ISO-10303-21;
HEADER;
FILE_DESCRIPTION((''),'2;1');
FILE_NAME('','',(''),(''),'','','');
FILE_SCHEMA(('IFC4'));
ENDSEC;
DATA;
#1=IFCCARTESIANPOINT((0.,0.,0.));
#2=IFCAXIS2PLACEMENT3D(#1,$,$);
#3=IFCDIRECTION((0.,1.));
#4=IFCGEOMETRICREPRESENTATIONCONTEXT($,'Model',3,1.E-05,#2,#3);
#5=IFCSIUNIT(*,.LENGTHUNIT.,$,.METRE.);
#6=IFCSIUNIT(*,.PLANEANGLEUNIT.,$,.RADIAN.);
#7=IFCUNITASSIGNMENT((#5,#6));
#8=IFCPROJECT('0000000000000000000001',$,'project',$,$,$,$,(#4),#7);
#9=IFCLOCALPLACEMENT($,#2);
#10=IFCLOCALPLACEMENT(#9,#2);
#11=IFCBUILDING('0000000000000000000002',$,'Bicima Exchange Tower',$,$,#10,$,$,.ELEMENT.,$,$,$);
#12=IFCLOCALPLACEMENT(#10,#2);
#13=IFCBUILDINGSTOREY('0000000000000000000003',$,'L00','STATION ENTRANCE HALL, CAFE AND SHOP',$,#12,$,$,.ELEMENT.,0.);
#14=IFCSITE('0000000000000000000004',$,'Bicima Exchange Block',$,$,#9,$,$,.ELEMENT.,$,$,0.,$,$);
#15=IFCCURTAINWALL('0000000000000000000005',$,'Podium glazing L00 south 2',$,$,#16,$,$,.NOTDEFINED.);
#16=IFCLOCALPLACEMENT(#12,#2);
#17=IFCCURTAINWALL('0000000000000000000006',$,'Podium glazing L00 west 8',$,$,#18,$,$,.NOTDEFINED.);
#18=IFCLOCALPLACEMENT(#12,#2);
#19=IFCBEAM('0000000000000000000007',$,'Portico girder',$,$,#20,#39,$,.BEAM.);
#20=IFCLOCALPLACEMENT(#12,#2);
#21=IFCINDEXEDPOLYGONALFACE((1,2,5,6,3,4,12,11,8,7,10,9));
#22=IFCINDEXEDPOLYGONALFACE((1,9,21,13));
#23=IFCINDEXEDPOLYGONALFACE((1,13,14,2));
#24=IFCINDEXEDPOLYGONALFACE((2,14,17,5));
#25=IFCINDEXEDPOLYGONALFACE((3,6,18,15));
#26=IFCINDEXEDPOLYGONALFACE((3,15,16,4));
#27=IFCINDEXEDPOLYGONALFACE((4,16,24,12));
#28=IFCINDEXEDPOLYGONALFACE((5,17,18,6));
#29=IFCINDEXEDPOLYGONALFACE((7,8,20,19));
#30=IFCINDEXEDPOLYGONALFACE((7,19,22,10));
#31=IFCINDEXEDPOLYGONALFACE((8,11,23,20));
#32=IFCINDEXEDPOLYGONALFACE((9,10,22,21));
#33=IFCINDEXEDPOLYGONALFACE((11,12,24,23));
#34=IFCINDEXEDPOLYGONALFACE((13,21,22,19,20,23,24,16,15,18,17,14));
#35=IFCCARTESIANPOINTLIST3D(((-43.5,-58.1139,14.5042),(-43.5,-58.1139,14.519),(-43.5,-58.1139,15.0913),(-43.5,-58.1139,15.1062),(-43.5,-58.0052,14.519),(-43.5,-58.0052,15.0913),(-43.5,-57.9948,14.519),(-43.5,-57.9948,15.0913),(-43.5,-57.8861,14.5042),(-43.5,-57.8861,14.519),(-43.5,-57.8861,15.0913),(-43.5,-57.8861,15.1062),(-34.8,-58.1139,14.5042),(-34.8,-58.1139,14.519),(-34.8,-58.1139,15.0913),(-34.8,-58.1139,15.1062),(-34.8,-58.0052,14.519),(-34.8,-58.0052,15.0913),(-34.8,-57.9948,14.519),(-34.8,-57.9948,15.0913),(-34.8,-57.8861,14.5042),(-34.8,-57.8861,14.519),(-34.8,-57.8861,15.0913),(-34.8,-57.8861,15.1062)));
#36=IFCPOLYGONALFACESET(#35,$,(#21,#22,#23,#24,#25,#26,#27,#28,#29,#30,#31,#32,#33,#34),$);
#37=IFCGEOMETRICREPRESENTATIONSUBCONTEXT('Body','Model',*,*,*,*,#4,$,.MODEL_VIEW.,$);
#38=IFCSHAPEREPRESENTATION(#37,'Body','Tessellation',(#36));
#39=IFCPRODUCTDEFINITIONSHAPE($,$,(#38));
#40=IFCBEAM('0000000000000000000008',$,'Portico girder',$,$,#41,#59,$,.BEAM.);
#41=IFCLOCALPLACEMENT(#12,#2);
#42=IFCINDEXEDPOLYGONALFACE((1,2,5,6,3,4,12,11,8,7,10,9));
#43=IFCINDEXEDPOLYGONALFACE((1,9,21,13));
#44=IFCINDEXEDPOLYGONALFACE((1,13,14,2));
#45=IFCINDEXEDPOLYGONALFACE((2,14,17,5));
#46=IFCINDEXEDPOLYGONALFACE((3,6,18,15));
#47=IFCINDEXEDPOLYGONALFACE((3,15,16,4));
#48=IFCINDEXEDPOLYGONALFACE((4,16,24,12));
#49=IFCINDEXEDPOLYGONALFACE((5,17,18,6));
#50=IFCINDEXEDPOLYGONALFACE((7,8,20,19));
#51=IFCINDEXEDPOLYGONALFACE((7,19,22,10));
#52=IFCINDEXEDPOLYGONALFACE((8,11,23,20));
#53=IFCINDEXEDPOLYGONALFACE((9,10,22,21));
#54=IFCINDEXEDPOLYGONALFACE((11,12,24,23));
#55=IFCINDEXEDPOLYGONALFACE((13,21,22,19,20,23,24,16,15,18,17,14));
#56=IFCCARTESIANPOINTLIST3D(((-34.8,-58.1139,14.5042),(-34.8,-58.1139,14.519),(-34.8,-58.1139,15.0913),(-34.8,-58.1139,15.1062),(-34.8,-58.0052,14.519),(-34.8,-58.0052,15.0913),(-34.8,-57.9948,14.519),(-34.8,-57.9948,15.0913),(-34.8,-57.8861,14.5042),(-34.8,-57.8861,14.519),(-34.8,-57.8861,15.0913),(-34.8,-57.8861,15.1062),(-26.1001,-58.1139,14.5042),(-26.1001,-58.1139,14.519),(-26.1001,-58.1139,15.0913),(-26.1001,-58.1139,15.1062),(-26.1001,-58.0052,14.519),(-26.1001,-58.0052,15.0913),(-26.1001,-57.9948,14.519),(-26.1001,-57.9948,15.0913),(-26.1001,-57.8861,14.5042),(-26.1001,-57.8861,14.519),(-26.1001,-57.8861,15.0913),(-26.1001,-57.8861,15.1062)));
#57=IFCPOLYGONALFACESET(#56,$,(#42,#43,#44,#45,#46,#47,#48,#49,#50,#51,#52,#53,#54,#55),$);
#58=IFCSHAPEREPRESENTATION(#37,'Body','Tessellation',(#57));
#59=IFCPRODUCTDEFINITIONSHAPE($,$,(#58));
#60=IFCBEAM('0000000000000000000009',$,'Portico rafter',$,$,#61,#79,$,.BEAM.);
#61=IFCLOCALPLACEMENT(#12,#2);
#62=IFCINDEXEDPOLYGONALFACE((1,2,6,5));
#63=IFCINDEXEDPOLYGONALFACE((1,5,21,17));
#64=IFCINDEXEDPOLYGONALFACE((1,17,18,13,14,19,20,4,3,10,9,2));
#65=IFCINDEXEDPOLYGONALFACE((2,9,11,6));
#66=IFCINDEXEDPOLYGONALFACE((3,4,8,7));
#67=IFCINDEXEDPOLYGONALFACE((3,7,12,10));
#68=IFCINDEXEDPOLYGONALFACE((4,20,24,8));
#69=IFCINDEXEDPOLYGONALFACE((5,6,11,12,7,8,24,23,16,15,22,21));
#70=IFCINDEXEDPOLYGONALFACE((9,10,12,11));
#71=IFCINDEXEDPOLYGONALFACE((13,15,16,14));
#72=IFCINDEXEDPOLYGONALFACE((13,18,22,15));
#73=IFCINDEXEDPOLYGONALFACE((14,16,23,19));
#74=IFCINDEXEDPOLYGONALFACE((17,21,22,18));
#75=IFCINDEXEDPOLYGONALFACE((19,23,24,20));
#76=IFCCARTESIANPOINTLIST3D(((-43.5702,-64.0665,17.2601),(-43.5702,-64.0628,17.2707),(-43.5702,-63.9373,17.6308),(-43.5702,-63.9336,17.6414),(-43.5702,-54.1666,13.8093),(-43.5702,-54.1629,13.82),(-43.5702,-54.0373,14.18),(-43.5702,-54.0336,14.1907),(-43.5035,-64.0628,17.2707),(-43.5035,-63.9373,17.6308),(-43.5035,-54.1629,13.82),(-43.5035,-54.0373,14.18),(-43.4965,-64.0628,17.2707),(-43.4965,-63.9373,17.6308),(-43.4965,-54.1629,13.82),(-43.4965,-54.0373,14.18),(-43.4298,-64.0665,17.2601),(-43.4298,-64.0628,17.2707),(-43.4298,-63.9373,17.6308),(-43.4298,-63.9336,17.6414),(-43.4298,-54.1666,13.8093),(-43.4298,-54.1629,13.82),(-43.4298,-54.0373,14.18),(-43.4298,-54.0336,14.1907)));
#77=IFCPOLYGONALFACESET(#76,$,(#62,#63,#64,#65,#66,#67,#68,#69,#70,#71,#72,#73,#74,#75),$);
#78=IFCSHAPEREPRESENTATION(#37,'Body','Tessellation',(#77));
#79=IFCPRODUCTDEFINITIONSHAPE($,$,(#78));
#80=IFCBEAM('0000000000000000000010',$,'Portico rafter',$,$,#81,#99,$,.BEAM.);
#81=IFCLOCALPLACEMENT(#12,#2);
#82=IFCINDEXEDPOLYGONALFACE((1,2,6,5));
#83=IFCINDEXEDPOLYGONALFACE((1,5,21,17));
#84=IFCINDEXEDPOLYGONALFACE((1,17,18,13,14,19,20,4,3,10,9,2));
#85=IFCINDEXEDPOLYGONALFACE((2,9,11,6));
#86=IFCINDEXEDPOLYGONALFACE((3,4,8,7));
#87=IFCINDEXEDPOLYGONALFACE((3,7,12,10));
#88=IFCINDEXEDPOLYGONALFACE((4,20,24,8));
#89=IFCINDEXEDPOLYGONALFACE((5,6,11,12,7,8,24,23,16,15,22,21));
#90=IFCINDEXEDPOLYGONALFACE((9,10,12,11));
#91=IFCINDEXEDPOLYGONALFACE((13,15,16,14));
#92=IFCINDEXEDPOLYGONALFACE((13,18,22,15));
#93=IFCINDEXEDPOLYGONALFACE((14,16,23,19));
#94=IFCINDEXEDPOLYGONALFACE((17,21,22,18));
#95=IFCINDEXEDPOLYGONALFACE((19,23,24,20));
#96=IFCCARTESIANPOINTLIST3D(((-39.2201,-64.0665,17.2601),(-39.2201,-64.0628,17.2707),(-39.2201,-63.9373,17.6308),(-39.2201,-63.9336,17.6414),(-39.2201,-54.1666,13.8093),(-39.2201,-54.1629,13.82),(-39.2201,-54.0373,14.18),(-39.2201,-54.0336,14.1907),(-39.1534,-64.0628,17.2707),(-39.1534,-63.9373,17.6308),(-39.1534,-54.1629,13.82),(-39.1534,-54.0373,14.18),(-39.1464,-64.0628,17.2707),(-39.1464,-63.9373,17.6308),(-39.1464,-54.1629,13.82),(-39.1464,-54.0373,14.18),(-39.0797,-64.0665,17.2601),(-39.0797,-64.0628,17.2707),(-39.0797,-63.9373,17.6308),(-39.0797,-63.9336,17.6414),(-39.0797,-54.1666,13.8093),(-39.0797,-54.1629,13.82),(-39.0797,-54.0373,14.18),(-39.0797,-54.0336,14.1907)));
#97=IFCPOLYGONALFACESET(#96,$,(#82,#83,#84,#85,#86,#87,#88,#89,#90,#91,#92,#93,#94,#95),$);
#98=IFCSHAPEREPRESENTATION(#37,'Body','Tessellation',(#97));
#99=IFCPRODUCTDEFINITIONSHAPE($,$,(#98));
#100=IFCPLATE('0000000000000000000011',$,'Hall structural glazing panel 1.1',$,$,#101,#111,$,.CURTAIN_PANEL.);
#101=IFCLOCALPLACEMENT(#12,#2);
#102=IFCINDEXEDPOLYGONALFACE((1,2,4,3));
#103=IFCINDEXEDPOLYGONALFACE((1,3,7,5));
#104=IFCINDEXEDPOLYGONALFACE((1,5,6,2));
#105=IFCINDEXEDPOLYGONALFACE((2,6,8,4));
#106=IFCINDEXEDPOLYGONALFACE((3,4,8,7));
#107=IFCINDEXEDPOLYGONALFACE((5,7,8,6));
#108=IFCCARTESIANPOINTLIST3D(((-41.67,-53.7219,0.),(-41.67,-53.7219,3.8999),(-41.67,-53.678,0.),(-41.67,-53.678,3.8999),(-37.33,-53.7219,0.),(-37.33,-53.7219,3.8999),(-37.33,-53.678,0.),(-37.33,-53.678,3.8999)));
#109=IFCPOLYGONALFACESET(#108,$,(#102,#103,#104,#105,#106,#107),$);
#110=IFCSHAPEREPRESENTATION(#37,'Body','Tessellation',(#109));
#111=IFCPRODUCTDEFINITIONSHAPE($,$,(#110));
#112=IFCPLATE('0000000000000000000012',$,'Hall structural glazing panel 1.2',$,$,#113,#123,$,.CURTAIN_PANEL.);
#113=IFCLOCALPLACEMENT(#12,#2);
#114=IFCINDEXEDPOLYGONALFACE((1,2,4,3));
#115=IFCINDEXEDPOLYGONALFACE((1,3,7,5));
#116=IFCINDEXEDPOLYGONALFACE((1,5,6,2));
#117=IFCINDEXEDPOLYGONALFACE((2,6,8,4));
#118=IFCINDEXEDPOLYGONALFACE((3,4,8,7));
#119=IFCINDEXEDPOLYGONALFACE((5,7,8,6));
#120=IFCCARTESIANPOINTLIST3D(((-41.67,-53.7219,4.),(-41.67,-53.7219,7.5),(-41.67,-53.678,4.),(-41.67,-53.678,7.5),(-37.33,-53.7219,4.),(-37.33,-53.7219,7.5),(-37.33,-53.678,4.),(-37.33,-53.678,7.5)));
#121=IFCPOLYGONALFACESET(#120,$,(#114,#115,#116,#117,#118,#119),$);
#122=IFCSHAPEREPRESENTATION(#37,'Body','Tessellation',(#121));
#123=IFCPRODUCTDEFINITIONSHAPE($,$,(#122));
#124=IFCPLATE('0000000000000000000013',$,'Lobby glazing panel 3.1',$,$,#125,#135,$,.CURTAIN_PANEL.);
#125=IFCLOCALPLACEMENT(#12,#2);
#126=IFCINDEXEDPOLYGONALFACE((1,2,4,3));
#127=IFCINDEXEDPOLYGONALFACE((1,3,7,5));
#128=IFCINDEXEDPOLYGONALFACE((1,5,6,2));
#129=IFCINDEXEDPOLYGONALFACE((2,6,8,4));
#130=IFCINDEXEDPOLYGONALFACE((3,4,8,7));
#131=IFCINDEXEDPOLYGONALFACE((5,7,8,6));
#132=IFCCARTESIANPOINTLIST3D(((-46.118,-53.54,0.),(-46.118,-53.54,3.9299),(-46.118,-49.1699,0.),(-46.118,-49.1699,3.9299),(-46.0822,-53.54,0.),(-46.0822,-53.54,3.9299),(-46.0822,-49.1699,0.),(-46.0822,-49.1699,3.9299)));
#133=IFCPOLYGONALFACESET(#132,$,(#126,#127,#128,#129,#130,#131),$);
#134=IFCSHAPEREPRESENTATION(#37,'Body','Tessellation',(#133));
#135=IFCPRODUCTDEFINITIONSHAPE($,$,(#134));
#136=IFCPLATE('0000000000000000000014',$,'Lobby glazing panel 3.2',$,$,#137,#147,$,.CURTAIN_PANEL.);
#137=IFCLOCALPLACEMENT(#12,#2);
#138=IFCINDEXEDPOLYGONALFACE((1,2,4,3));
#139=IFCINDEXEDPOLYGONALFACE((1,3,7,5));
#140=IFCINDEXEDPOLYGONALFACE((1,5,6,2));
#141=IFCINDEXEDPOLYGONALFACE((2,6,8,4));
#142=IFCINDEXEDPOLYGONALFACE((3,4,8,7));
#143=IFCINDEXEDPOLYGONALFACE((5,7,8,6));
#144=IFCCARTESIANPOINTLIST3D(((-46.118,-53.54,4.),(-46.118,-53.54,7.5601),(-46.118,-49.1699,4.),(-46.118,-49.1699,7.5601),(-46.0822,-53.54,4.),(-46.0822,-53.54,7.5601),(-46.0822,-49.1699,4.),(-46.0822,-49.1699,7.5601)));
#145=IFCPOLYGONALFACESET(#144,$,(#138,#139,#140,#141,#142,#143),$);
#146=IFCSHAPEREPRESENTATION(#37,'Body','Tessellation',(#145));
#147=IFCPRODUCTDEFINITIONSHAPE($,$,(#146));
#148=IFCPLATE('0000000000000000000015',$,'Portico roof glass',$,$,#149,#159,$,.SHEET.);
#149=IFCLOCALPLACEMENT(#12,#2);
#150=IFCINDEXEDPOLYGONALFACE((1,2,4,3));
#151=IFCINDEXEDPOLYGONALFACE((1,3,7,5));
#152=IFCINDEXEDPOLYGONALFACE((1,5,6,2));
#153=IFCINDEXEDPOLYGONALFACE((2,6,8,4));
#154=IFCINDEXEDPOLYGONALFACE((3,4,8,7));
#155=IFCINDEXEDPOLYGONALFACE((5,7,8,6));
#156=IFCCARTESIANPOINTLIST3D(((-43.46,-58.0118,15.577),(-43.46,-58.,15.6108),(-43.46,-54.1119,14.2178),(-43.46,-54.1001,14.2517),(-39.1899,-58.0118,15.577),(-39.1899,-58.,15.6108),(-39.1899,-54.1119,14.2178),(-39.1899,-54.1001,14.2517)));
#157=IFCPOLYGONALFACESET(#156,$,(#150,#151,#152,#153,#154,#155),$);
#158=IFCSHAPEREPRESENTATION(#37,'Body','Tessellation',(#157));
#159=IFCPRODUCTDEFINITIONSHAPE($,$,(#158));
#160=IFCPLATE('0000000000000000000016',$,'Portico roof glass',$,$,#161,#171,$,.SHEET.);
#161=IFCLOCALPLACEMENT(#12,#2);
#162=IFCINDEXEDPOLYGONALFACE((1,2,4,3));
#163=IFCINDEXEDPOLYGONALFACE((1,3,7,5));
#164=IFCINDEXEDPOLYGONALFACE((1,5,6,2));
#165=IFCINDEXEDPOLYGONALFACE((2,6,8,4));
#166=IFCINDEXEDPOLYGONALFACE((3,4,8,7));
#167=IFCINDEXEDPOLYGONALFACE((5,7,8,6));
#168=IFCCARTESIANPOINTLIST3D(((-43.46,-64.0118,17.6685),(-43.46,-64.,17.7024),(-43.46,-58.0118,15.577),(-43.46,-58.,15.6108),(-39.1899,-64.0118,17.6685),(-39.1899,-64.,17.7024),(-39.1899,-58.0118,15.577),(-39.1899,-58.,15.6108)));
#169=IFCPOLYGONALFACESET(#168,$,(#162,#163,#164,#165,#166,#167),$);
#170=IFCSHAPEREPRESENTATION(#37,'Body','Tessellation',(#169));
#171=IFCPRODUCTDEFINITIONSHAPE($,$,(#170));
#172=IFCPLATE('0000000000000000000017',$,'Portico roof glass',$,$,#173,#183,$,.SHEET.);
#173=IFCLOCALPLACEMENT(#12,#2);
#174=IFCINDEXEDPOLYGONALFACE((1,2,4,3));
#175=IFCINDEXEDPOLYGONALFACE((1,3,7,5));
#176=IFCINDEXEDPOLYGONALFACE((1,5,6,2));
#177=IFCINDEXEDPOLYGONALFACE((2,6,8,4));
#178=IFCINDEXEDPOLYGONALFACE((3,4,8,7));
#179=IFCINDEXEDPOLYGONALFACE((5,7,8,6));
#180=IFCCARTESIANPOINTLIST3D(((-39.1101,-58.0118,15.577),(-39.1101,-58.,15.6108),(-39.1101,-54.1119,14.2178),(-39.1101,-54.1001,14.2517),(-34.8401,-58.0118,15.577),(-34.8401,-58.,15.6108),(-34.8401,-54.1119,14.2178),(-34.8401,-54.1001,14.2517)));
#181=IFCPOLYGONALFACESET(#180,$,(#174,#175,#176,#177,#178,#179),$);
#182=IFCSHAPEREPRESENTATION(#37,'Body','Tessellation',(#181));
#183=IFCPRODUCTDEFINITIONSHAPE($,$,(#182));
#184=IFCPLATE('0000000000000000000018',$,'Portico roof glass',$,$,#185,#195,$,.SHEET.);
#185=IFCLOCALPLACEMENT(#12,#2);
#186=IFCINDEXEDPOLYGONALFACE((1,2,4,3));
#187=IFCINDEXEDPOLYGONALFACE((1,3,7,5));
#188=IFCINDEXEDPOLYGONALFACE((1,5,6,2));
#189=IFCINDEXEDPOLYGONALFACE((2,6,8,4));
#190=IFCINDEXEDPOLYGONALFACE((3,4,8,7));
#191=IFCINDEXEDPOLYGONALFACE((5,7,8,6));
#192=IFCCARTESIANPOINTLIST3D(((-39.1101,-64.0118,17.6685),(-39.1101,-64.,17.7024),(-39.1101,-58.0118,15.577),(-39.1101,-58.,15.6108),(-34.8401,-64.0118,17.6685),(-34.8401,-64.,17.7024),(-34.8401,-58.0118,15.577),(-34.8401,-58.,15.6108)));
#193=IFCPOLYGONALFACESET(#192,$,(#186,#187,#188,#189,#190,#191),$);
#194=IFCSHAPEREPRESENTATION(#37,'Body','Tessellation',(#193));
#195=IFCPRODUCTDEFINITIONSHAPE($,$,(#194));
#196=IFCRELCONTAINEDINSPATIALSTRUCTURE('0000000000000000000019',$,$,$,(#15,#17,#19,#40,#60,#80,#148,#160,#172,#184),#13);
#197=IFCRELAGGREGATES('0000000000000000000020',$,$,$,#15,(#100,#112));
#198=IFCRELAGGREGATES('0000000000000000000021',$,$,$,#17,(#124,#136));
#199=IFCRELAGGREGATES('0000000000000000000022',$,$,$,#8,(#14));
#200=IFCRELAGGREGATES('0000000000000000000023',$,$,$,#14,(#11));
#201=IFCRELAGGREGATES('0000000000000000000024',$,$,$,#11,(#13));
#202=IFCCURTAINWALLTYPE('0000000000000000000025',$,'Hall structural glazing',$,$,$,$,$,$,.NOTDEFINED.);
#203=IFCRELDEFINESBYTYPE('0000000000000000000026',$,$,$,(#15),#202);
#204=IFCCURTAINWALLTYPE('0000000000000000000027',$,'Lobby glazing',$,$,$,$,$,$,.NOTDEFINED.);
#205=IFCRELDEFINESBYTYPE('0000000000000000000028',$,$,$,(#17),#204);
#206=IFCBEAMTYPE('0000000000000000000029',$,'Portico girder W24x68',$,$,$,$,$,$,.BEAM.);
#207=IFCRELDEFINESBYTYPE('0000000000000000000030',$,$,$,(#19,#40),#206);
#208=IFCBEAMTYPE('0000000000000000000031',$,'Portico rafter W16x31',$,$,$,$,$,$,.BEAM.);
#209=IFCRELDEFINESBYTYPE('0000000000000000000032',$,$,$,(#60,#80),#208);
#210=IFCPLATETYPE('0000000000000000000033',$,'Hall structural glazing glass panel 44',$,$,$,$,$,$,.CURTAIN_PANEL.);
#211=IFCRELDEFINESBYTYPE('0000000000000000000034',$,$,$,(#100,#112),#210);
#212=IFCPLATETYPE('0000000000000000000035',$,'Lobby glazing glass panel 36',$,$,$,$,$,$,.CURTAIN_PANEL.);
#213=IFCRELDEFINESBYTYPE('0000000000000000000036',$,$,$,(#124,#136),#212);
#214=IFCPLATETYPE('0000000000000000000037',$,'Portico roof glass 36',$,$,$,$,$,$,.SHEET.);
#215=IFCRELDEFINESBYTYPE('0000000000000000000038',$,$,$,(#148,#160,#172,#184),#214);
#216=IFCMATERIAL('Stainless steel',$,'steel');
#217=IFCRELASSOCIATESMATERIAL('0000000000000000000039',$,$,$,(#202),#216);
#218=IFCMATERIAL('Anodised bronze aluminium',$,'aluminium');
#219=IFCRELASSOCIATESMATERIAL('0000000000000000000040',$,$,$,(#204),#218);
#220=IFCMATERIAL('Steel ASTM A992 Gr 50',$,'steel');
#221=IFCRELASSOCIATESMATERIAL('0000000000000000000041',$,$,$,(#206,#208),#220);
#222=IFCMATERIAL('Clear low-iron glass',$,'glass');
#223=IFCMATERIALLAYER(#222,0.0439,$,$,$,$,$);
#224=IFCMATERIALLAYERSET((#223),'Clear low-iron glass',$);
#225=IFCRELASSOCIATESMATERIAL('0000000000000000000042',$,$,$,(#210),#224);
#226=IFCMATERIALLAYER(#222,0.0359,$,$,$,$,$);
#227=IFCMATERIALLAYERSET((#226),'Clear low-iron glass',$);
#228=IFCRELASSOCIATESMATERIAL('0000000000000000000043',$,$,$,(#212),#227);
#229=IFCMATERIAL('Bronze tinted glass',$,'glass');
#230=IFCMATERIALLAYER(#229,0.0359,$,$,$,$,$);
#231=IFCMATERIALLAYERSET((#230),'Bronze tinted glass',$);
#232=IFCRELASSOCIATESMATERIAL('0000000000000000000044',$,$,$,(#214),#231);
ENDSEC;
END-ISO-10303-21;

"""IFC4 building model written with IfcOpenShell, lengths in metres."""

from ifc_helpers import new_model, si_unit, direction, frame, origin, origin_2d, place, context, subcontext, project, spatial, polyline, rectangle, i_section, outline, extrude, material, layer, layer_set, material_profile, profile_set, type_object, element, aggregate, save


model = new_model("IFC4")

# Units and contexts
model_context = context("Model", 3, precision=1e-05, world=origin(), true_north=direction((0.0, 1.0)))
body_context = subcontext(model_context, "Body", "Model", "MODEL_VIEW")
ifc_project = project(units=[si_unit("LENGTHUNIT", "METRE"), si_unit("PLANEANGLEUNIT", "RADIAN")], contexts=[model_context])

# Site, building, storey
site_placement = place(None, origin())
site = spatial("IfcSite", under=ifc_project, at=site_placement, Name="Bicima Exchange Block", CompositionType="ELEMENT", RefElevation=0.0)
building_placement = place(site_placement, origin())
building = spatial("IfcBuilding", under=site, at=building_placement, Name="Bicima Exchange Tower", CompositionType="ELEMENT")
storey_placement = place(building_placement, origin())
storey = spatial("IfcBuildingStorey", under=building, at=storey_placement, Name="L00", Description="STATION ENTRANCE HALL, CAFE AND SHOP", CompositionType="ELEMENT", Elevation=0.0)

# Curtain walls
ifc_material_1 = material(Name="Stainless steel", Category="steel")
curtain_wall_type_1 = type_object("IfcCurtainWallType", Name="Hall structural glazing", PredefinedType="NOTDEFINED", material=ifc_material_1)
curtain_wall_1_placement = place(storey_placement, origin())
curtain_wall_1 = element("IfcCurtainWall", 1, at=curtain_wall_1_placement, inside=storey, type_object=curtain_wall_type_1, Name="Podium glazing L00 south 2", PredefinedType="NOTDEFINED")
ifc_material_2 = material(Name="Anodised bronze aluminium", Category="aluminium")
curtain_wall_type_2 = type_object("IfcCurtainWallType", Name="Lobby glazing", PredefinedType="NOTDEFINED", material=ifc_material_2)
curtain_wall_2_placement = place(storey_placement, origin())
curtain_wall_2 = element("IfcCurtainWall", 2, at=curtain_wall_2_placement, inside=storey, type_object=curtain_wall_type_2, Name="Podium glazing L00 west 8", PredefinedType="NOTDEFINED")

# Beams
ifc_material_3 = material(Name="Steel ASTM A992 Gr 50", Category="steel")
ifc_material_profile_1 = material_profile(ifc_material_3, i_section(OverallWidth=0.2278, OverallDepth=0.6021, WebThickness=0.0105, FlangeThickness=0.0149, at=origin_2d()))
ifc_profile_set_1 = profile_set([ifc_material_profile_1], Name="Steel ASTM A992 Gr 50")
beam_type_1 = type_object("IfcBeamType", Name="Portico girder W24x68", PredefinedType="BEAM", material=ifc_profile_set_1)
for number, where, z_axis, x_axis, name in (
    (3, (-43.5, -58.0, 14.8052), (1.0, 0.0, 0.0), (0.0, 1.0, 0.0), "Portico girder"),
    (4, (-34.8, -58.0, 14.8052), (1.0, 0.0, 0.0), (0.0, 1.0, 0.0), "Portico girder"),
):
    element("IfcBeam", number, at=place(storey_placement, frame(where, z_axis=z_axis, x_axis=x_axis)), inside=storey, type_object=beam_type_1, Name=name, PredefinedType="BEAM", context=body_context, shape_type="SweptSolid", body=[
        extrude(i_section(OverallWidth=0.2278, OverallDepth=0.6021, WebThickness=0.0105, FlangeThickness=0.0149, at=origin_2d()), origin(), (0.0, 0.0, 1.0), 8.7),
    ])
ifc_material_profile_2 = material_profile(ifc_material_3, i_section(OverallWidth=0.1404, OverallDepth=0.4038, WebThickness=0.0071, FlangeThickness=0.0112, at=origin_2d()))
ifc_profile_set_2 = profile_set([ifc_material_profile_2], Name="Steel ASTM A992 Gr 50")
beam_type_2 = type_object("IfcBeamType", Name="Portico rafter W16x31", PredefinedType="BEAM", material=ifc_profile_set_2)
for number, where, z_axis, x_axis, name in (
    (5, (-43.5, -54.1001, 14.0), (0.0, -0.944282, 0.329137), (1.0, 0.0, 0.0), "Portico rafter"),
    (6, (-39.1499, -54.1001, 14.0), (0.0, -0.944282, 0.329137), (1.0, 0.0, 0.0), "Portico rafter"),
):
    element("IfcBeam", number, at=place(storey_placement, frame(where, z_axis=z_axis, x_axis=x_axis)), inside=storey, type_object=beam_type_2, Name=name, PredefinedType="BEAM", context=body_context, shape_type="SweptSolid", body=[
        extrude(i_section(OverallWidth=0.1404, OverallDepth=0.4038, WebThickness=0.0071, FlangeThickness=0.0112, at=origin_2d()), origin(), (0.0, 0.0, 1.0), 10.4841),
    ])

# Plates
ifc_material_4 = material(Name="Clear low-iron glass", Category="glass")
ifc_layer_1 = layer(ifc_material_4, 0.0439)
ifc_layer_set_1 = layer_set([ifc_layer_1], Name="Clear low-iron glass")
plate_type_1 = type_object("IfcPlateType", Name="Hall structural glazing glass panel 44", PredefinedType="CURTAIN_PANEL", material=ifc_layer_set_1)
plate_1_placement = place(storey_placement, frame((-39.5, -53.7, 0.0), z_axis=(0.0, 0.0, 1.0), x_axis=(1.0, 0.0, 0.0)))
plate_1 = element("IfcPlate", 7, at=plate_1_placement, type_object=plate_type_1, Name="Hall structural glazing panel 1.1", PredefinedType="CURTAIN_PANEL", context=body_context, shape_type="SweptSolid", body=[
    extrude(rectangle(XDim=4.3401, YDim=0.0439, at=origin_2d()), origin(), (0.0, 0.0, 1.0), 3.8999),
])
plate_2_placement = place(storey_placement, frame((-39.5, -53.7, 4.0), z_axis=(0.0, 0.0, 1.0), x_axis=(1.0, 0.0, 0.0)))
plate_2 = element("IfcPlate", 8, at=plate_2_placement, type_object=plate_type_1, Name="Hall structural glazing panel 1.2", PredefinedType="CURTAIN_PANEL", context=body_context, shape_type="SweptSolid", body=[
    extrude(rectangle(XDim=4.3401, YDim=0.0439, at=origin_2d()), origin(), (0.0, 0.0, 1.0), 3.5),
])
aggregate(curtain_wall_1, [plate_1, plate_2])
ifc_layer_2 = layer(ifc_material_4, 0.0359)
ifc_layer_set_2 = layer_set([ifc_layer_2], Name="Clear low-iron glass")
plate_type_2 = type_object("IfcPlateType", Name="Lobby glazing glass panel 36", PredefinedType="CURTAIN_PANEL", material=ifc_layer_set_2)
plate_3_placement = place(storey_placement, frame((-46.1001, -51.355, 0.0), z_axis=(0.0, 0.0, 1.0), x_axis=(0.0, -1.0, 0.0)))
plate_3 = element("IfcPlate", 9, at=plate_3_placement, type_object=plate_type_2, Name="Lobby glazing panel 3.1", PredefinedType="CURTAIN_PANEL", context=body_context, shape_type="SweptSolid", body=[
    extrude(rectangle(XDim=4.3701, YDim=0.0359, at=origin_2d()), origin(), (0.0, 0.0, 1.0), 3.9299),
])
plate_4_placement = place(storey_placement, frame((-46.1001, -51.355, 4.0), z_axis=(0.0, 0.0, 1.0), x_axis=(0.0, -1.0, 0.0)))
plate_4 = element("IfcPlate", 10, at=plate_4_placement, type_object=plate_type_2, Name="Lobby glazing panel 3.2", PredefinedType="CURTAIN_PANEL", context=body_context, shape_type="SweptSolid", body=[
    extrude(rectangle(XDim=4.3701, YDim=0.0359, at=origin_2d()), origin(), (0.0, 0.0, 1.0), 3.5601),
])
aggregate(curtain_wall_2, [plate_3, plate_4])

# Plates
ifc_material_5 = material(Name="Bronze tinted glass", Category="glass")
ifc_layer_3 = layer(ifc_material_5, 0.0359)
ifc_layer_set_3 = layer_set([ifc_layer_3], Name="Bronze tinted glass")
plate_type_3 = type_object("IfcPlateType", Name="Portico roof glass 36", PredefinedType="SHEET", material=ifc_layer_set_3)
plate_5_placement = place(storey_placement, frame((-43.46, -54.1001, 14.2517), z_axis=(0.0, 0.329091, 0.944298), x_axis=(1.0, 0.0, 0.0)))
element("IfcPlate", 11, at=plate_5_placement, inside=storey, type_object=plate_type_3, Name="Portico roof glass", PredefinedType="SHEET", context=body_context, shape_type="SweptSolid", body=[
    extrude(outline(polyline([(0.0, 0.0), (4.27, 0.0), (4.27, -4.1299), (0.0, -4.1299), (0.0, 0.0)])), origin(), (0.0, 0.0, -1.0), 0.0359),
])
plate_6_placement = place(storey_placement, frame((-43.46, -58.0, 15.6108), z_axis=(0.0, 0.329166, 0.944272), x_axis=(1.0, 0.0, 0.0)))
element("IfcPlate", 12, at=plate_6_placement, inside=storey, type_object=plate_type_3, Name="Portico roof glass", PredefinedType="SHEET", context=body_context, shape_type="SweptSolid", body=[
    extrude(outline(polyline([(0.0, 0.0), (4.27, 0.0), (4.27, -6.3541), (0.0, -6.3541), (0.0, 0.0)])), origin(), (0.0, 0.0, -1.0), 0.0359),
])
plate_7_placement = place(storey_placement, frame((-39.1101, -54.1001, 14.2517), z_axis=(0.0, 0.329091, 0.944298), x_axis=(1.0, 0.0, 0.0)))
element("IfcPlate", 13, at=plate_7_placement, inside=storey, type_object=plate_type_3, Name="Portico roof glass", PredefinedType="SHEET", context=body_context, shape_type="SweptSolid", body=[
    extrude(outline(polyline([(0.0, 0.0), (4.27, 0.0), (4.27, -4.1299), (0.0, -4.1299), (0.0, 0.0)])), origin(), (0.0, 0.0, -1.0), 0.0359),
])
plate_8_placement = place(storey_placement, frame((-39.1101, -58.0, 15.6108), z_axis=(0.0, 0.329166, 0.944272), x_axis=(1.0, 0.0, 0.0)))
element("IfcPlate", 14, at=plate_8_placement, inside=storey, type_object=plate_type_3, Name="Portico roof glass", PredefinedType="SHEET", context=body_context, shape_type="SweptSolid", body=[
    extrude(outline(polyline([(0.0, 0.0), (4.27, 0.0), (4.27, -6.3541), (0.0, -6.3541), (0.0, 0.0)])), origin(), (0.0, 0.0, -1.0), 0.0359),
])

save(model, "model.ifc")
